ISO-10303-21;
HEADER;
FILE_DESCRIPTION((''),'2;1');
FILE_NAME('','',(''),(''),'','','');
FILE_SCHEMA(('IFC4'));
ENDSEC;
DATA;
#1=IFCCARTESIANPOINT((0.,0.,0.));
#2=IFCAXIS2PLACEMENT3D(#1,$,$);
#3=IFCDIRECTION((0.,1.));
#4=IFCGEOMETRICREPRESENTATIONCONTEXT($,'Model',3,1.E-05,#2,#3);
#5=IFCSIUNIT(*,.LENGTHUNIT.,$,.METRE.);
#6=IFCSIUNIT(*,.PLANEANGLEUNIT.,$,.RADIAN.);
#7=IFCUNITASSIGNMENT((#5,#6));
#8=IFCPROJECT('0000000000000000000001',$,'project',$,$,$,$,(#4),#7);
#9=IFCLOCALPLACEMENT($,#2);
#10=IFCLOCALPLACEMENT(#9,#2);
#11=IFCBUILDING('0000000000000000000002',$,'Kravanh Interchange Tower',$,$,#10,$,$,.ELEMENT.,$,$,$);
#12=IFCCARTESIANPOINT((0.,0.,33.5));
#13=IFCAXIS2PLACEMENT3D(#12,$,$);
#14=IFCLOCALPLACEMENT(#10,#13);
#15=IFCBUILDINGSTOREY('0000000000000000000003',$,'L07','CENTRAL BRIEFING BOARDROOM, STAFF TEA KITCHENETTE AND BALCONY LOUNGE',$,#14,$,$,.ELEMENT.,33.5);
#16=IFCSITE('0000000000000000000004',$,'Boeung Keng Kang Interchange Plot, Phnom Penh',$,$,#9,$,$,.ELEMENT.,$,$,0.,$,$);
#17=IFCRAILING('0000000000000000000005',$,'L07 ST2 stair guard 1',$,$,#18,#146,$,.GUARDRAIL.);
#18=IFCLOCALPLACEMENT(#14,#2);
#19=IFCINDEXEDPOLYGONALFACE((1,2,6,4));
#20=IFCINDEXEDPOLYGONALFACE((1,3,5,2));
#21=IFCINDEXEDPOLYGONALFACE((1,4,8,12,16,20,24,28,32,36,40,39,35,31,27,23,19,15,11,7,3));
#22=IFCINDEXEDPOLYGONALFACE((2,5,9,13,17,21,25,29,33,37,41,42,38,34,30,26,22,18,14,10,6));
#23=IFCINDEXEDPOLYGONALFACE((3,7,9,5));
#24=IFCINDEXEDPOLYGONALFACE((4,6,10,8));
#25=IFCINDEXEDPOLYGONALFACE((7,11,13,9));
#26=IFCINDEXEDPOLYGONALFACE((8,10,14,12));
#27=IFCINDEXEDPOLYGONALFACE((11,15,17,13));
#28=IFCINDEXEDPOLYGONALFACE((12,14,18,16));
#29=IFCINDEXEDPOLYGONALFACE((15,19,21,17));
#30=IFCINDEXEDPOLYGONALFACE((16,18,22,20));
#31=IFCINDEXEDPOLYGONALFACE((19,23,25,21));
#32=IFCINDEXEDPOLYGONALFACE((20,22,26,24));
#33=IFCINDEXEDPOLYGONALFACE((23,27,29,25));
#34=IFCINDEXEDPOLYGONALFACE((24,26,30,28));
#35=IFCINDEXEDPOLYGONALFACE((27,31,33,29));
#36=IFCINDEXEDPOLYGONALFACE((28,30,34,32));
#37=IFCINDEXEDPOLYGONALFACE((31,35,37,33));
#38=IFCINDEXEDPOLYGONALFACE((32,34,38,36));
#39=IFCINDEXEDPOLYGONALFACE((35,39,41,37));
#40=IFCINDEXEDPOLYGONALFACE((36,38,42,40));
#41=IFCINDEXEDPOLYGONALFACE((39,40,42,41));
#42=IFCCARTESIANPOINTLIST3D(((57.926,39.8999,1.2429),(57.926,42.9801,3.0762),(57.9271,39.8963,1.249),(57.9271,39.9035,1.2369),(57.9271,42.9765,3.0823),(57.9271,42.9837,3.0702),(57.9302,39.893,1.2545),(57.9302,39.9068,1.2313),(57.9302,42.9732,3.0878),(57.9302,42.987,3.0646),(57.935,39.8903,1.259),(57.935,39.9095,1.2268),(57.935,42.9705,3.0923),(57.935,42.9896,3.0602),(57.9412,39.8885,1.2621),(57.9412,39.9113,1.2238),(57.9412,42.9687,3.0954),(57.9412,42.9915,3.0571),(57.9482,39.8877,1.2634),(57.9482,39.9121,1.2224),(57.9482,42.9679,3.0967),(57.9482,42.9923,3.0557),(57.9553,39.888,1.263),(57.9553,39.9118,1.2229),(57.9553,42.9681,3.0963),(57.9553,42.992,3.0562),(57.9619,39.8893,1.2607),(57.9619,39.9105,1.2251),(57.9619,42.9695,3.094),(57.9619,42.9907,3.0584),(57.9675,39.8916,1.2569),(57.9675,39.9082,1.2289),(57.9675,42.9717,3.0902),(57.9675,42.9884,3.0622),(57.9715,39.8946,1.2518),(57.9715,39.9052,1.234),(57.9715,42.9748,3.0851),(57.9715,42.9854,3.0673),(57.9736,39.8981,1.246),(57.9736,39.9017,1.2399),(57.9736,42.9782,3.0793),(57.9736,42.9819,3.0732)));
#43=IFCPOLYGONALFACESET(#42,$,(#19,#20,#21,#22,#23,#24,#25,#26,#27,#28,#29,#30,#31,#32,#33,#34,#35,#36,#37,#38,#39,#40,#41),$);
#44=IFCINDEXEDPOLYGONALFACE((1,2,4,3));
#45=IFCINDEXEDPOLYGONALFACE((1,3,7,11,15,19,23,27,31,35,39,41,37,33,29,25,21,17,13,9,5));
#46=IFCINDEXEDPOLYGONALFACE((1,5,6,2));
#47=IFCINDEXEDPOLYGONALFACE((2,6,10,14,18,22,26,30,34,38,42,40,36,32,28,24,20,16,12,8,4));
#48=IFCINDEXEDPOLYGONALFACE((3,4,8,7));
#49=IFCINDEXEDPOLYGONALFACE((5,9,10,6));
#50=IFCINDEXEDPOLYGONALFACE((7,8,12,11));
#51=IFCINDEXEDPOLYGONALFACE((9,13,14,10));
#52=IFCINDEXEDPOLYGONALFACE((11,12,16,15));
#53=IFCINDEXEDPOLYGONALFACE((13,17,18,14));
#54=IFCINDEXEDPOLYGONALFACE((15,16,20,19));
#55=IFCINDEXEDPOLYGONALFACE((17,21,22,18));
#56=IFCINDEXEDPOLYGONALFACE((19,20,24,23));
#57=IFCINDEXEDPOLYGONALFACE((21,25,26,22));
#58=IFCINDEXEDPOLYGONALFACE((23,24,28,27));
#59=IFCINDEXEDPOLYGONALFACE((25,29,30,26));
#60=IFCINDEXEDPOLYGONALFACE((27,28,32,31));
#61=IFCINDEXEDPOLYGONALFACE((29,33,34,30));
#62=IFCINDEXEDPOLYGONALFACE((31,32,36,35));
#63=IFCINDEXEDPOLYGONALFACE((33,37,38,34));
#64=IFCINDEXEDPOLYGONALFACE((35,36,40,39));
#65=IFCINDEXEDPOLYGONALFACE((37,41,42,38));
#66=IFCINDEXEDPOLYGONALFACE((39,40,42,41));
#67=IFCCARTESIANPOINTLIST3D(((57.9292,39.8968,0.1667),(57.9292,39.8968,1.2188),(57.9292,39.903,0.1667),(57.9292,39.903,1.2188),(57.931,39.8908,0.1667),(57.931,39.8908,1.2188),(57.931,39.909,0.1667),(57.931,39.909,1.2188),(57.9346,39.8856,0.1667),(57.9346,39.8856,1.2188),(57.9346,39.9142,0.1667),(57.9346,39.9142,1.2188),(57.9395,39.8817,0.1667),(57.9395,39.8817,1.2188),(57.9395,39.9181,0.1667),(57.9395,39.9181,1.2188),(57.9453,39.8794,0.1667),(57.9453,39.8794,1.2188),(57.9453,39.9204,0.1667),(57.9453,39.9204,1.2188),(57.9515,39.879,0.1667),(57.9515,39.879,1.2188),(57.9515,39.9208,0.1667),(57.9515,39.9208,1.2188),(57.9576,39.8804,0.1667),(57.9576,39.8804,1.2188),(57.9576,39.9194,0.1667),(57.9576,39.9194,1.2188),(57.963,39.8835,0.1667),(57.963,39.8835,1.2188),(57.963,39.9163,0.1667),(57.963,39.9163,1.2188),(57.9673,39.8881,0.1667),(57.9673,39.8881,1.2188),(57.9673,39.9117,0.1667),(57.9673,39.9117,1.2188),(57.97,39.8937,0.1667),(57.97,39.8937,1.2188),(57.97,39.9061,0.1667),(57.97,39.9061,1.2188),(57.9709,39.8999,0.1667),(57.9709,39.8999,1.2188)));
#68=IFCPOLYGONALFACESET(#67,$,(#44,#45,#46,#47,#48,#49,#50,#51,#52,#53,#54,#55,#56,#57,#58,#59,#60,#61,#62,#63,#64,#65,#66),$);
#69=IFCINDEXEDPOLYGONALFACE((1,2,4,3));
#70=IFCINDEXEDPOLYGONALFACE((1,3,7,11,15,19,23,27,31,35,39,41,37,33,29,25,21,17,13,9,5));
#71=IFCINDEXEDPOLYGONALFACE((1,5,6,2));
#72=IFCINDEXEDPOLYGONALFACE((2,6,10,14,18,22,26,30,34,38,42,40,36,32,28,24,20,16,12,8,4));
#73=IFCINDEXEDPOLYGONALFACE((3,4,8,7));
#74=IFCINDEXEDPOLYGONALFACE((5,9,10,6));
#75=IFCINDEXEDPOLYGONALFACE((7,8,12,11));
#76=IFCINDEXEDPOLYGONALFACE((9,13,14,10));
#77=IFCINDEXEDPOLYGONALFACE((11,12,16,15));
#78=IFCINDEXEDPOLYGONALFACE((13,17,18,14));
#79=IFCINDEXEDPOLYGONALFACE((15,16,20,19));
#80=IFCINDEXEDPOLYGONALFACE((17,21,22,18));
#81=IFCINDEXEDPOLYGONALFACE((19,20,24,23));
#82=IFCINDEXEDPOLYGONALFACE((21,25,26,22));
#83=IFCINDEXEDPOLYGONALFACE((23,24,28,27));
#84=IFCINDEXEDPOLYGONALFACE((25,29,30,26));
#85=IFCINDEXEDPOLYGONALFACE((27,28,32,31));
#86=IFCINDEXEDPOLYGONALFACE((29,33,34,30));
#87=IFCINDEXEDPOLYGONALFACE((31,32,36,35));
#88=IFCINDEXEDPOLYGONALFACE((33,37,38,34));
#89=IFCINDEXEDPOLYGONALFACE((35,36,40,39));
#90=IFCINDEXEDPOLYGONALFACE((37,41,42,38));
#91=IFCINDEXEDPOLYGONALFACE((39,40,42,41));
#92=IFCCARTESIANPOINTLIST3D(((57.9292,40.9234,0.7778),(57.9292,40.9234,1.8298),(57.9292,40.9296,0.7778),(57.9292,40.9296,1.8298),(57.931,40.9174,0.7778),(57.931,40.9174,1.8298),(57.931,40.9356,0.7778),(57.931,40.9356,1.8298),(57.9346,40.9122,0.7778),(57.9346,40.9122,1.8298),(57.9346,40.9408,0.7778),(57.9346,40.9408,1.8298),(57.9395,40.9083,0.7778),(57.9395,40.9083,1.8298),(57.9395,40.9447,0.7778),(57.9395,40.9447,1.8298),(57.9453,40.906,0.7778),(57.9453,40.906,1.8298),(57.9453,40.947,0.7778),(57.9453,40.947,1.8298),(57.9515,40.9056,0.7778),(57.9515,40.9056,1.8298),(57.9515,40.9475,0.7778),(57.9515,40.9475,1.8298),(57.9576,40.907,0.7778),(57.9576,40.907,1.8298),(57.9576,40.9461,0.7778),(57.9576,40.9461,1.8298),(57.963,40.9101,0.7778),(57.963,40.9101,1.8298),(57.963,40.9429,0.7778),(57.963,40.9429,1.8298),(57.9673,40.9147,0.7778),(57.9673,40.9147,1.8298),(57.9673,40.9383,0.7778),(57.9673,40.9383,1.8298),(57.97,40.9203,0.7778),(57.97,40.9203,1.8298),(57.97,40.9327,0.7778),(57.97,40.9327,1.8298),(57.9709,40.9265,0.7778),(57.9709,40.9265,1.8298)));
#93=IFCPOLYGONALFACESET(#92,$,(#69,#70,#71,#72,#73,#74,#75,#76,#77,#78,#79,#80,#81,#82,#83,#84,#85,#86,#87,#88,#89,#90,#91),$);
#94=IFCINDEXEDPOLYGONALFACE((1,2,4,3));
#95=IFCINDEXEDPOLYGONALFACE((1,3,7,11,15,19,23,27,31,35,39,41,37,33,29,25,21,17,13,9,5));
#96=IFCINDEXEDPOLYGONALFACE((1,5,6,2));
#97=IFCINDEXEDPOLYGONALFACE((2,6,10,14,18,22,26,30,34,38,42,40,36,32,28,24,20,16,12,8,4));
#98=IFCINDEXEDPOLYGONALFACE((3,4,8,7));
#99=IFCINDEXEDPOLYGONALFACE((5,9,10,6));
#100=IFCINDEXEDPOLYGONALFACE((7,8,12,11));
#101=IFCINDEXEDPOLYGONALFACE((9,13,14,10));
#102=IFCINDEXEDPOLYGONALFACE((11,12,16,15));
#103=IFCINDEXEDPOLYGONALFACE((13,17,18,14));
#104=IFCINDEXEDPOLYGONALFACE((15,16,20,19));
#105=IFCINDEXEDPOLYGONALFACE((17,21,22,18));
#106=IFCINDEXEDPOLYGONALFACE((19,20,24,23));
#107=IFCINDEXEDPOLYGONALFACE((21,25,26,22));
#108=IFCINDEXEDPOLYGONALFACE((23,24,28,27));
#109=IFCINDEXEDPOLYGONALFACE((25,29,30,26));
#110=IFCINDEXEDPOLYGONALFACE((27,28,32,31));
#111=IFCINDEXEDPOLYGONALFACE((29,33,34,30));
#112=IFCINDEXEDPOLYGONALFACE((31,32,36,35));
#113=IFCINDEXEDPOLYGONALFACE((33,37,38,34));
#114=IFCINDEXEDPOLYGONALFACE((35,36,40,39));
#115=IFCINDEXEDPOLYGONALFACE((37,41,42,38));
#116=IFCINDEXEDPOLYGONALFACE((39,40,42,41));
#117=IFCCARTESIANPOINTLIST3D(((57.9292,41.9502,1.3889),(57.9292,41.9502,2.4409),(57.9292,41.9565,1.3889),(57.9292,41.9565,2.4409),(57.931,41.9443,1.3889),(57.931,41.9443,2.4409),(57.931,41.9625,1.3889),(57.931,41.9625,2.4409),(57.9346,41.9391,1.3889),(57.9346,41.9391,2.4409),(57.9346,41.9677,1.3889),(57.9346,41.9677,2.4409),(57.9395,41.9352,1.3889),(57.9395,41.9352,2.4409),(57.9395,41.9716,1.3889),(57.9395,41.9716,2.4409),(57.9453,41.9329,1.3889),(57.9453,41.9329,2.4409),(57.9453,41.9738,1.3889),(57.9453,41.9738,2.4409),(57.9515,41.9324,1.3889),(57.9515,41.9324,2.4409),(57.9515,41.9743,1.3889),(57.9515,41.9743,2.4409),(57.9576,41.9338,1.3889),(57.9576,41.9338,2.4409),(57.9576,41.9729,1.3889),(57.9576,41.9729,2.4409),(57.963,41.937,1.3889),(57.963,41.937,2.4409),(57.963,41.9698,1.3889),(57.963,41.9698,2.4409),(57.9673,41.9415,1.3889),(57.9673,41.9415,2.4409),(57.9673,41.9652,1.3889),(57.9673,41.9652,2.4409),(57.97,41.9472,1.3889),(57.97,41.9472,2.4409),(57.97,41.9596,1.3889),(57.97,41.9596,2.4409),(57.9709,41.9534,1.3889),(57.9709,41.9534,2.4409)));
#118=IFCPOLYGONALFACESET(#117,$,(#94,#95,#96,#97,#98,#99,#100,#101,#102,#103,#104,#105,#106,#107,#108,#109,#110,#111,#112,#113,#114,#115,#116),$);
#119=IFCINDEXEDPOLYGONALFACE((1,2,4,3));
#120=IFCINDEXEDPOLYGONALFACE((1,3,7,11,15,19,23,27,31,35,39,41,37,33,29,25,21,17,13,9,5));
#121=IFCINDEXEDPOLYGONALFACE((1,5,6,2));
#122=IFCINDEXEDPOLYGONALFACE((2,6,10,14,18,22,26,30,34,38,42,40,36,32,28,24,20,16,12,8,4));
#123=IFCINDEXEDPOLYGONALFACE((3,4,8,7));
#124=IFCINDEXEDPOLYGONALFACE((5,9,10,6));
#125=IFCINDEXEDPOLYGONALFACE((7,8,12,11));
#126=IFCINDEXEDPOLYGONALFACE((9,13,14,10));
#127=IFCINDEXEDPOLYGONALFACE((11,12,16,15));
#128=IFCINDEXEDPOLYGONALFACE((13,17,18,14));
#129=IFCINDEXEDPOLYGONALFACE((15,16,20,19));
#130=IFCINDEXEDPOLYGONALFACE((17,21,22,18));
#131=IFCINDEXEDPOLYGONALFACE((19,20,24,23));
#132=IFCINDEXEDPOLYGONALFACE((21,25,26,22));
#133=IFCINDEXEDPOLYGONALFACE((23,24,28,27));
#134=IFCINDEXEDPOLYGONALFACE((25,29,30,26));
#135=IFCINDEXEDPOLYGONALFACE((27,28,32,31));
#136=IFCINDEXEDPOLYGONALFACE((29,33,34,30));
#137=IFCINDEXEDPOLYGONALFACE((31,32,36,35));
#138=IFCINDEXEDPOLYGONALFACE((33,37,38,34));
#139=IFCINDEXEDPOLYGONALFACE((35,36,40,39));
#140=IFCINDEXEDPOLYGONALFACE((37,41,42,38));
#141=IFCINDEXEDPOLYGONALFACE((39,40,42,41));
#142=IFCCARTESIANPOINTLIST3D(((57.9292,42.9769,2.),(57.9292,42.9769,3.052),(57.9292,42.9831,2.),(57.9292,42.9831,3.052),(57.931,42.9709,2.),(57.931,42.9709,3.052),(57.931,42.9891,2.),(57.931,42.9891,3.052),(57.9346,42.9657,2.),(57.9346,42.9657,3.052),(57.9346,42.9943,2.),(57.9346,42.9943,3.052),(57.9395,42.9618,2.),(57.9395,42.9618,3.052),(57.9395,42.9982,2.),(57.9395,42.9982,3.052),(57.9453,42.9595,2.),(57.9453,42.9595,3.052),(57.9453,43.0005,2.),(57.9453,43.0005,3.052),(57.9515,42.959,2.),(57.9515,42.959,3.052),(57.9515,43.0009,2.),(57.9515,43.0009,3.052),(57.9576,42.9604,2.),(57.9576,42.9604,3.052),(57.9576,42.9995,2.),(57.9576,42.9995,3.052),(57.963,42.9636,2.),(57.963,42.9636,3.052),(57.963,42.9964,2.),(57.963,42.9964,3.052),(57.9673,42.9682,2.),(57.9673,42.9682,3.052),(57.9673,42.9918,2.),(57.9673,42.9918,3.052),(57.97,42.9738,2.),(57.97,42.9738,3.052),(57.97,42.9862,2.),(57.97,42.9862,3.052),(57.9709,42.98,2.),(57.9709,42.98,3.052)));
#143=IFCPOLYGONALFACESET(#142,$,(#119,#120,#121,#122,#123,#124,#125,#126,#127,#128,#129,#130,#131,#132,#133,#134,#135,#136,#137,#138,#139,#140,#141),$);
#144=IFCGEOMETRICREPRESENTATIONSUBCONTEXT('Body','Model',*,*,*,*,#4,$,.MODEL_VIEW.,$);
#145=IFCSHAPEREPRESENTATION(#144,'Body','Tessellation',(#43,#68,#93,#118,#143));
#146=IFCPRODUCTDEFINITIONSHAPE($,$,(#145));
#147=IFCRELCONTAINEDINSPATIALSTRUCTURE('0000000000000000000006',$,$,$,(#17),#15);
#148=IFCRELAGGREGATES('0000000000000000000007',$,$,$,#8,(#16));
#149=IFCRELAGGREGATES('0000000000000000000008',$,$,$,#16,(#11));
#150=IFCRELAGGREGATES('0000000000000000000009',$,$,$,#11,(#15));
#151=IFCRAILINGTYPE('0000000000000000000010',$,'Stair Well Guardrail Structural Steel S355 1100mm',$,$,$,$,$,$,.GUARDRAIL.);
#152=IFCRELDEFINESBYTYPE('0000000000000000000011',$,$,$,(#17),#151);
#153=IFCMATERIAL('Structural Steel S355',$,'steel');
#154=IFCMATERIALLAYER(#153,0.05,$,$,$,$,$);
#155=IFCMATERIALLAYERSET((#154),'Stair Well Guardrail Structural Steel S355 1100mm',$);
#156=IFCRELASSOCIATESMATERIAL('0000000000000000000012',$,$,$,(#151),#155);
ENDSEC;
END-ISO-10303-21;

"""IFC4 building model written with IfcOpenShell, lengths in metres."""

from ifc_helpers import new_model, si_unit, direction, frame, origin, origin_2d, place, context, subcontext, project, spatial, circle, extrude, material, layer, layer_set, type_object, element, save


model = new_model("IFC4")

# Units and contexts
model_context = context("Model", 3, precision=1e-05, world=origin(), true_north=direction((0.0, 1.0)))
body_context = subcontext(model_context, "Body", "Model", "MODEL_VIEW")
ifc_project = project(units=[si_unit("LENGTHUNIT", "METRE"), si_unit("PLANEANGLEUNIT", "RADIAN")], contexts=[model_context])

# Site, building, storey
site_placement = place(None, origin())
site = spatial("IfcSite", under=ifc_project, at=site_placement, Name="Boeung Keng Kang Interchange Plot, Phnom Penh", CompositionType="ELEMENT", RefElevation=0.0)
building_placement = place(site_placement, origin())
building = spatial("IfcBuilding", under=site, at=building_placement, Name="Kravanh Interchange Tower", CompositionType="ELEMENT")
storey_placement = place(building_placement, frame((0.0, 0.0, 33.5)))
storey = spatial("IfcBuildingStorey", under=building, at=storey_placement, Name="L07", Description="CENTRAL BRIEFING BOARDROOM, STAFF TEA KITCHENETTE AND BALCONY LOUNGE", CompositionType="ELEMENT", Elevation=33.5)

# Railing
ifc_material_1 = material(Name="Structural Steel S355", Category="steel")
ifc_layer_1 = layer(ifc_material_1, 0.05)
ifc_layer_set_1 = layer_set([ifc_layer_1], Name="Stair Well Guardrail Structural Steel S355 1100mm")
railing_type_1 = type_object("IfcRailingType", Name="Stair Well Guardrail Structural Steel S355 1100mm", PredefinedType="GUARDRAIL", material=ifc_layer_set_1)
railing_1_placement = place(storey_placement, frame((57.95, 39.8999, 0.1667)))
element("IfcRailing", 1, at=railing_1_placement, inside=storey, type_object=railing_type_1, Name="L07 ST2 stair guard 1", PredefinedType="GUARDRAIL", context=body_context, shape_type="SweptSolid", body=[
    extrude(circle(Radius=0.0239, at=origin_2d()), frame((0.0, 0.0, 1.0762), z_axis=(0.0, 0.859309, 0.511458), x_axis=(-1.0, 0.0, 0.0)), (0.0, 0.0, 1.0), 3.5845),
    extrude(circle(Radius=0.021, at=origin_2d()), origin(), (0.0, 0.0, 1.0), 1.052),
    extrude(circle(Radius=0.021, at=origin_2d()), frame((0.0, 1.0266, 0.6111)), (0.0, 0.0, 1.0), 1.052),
    extrude(circle(Radius=0.021, at=origin_2d()), frame((0.0, 2.0535, 1.2222)), (0.0, 0.0, 1.0), 1.052),
    extrude(circle(Radius=0.021, at=origin_2d()), frame((0.0, 3.0801, 1.8333)), (0.0, 0.0, 1.0), 1.052),
])

save(model, "model.ifc")
